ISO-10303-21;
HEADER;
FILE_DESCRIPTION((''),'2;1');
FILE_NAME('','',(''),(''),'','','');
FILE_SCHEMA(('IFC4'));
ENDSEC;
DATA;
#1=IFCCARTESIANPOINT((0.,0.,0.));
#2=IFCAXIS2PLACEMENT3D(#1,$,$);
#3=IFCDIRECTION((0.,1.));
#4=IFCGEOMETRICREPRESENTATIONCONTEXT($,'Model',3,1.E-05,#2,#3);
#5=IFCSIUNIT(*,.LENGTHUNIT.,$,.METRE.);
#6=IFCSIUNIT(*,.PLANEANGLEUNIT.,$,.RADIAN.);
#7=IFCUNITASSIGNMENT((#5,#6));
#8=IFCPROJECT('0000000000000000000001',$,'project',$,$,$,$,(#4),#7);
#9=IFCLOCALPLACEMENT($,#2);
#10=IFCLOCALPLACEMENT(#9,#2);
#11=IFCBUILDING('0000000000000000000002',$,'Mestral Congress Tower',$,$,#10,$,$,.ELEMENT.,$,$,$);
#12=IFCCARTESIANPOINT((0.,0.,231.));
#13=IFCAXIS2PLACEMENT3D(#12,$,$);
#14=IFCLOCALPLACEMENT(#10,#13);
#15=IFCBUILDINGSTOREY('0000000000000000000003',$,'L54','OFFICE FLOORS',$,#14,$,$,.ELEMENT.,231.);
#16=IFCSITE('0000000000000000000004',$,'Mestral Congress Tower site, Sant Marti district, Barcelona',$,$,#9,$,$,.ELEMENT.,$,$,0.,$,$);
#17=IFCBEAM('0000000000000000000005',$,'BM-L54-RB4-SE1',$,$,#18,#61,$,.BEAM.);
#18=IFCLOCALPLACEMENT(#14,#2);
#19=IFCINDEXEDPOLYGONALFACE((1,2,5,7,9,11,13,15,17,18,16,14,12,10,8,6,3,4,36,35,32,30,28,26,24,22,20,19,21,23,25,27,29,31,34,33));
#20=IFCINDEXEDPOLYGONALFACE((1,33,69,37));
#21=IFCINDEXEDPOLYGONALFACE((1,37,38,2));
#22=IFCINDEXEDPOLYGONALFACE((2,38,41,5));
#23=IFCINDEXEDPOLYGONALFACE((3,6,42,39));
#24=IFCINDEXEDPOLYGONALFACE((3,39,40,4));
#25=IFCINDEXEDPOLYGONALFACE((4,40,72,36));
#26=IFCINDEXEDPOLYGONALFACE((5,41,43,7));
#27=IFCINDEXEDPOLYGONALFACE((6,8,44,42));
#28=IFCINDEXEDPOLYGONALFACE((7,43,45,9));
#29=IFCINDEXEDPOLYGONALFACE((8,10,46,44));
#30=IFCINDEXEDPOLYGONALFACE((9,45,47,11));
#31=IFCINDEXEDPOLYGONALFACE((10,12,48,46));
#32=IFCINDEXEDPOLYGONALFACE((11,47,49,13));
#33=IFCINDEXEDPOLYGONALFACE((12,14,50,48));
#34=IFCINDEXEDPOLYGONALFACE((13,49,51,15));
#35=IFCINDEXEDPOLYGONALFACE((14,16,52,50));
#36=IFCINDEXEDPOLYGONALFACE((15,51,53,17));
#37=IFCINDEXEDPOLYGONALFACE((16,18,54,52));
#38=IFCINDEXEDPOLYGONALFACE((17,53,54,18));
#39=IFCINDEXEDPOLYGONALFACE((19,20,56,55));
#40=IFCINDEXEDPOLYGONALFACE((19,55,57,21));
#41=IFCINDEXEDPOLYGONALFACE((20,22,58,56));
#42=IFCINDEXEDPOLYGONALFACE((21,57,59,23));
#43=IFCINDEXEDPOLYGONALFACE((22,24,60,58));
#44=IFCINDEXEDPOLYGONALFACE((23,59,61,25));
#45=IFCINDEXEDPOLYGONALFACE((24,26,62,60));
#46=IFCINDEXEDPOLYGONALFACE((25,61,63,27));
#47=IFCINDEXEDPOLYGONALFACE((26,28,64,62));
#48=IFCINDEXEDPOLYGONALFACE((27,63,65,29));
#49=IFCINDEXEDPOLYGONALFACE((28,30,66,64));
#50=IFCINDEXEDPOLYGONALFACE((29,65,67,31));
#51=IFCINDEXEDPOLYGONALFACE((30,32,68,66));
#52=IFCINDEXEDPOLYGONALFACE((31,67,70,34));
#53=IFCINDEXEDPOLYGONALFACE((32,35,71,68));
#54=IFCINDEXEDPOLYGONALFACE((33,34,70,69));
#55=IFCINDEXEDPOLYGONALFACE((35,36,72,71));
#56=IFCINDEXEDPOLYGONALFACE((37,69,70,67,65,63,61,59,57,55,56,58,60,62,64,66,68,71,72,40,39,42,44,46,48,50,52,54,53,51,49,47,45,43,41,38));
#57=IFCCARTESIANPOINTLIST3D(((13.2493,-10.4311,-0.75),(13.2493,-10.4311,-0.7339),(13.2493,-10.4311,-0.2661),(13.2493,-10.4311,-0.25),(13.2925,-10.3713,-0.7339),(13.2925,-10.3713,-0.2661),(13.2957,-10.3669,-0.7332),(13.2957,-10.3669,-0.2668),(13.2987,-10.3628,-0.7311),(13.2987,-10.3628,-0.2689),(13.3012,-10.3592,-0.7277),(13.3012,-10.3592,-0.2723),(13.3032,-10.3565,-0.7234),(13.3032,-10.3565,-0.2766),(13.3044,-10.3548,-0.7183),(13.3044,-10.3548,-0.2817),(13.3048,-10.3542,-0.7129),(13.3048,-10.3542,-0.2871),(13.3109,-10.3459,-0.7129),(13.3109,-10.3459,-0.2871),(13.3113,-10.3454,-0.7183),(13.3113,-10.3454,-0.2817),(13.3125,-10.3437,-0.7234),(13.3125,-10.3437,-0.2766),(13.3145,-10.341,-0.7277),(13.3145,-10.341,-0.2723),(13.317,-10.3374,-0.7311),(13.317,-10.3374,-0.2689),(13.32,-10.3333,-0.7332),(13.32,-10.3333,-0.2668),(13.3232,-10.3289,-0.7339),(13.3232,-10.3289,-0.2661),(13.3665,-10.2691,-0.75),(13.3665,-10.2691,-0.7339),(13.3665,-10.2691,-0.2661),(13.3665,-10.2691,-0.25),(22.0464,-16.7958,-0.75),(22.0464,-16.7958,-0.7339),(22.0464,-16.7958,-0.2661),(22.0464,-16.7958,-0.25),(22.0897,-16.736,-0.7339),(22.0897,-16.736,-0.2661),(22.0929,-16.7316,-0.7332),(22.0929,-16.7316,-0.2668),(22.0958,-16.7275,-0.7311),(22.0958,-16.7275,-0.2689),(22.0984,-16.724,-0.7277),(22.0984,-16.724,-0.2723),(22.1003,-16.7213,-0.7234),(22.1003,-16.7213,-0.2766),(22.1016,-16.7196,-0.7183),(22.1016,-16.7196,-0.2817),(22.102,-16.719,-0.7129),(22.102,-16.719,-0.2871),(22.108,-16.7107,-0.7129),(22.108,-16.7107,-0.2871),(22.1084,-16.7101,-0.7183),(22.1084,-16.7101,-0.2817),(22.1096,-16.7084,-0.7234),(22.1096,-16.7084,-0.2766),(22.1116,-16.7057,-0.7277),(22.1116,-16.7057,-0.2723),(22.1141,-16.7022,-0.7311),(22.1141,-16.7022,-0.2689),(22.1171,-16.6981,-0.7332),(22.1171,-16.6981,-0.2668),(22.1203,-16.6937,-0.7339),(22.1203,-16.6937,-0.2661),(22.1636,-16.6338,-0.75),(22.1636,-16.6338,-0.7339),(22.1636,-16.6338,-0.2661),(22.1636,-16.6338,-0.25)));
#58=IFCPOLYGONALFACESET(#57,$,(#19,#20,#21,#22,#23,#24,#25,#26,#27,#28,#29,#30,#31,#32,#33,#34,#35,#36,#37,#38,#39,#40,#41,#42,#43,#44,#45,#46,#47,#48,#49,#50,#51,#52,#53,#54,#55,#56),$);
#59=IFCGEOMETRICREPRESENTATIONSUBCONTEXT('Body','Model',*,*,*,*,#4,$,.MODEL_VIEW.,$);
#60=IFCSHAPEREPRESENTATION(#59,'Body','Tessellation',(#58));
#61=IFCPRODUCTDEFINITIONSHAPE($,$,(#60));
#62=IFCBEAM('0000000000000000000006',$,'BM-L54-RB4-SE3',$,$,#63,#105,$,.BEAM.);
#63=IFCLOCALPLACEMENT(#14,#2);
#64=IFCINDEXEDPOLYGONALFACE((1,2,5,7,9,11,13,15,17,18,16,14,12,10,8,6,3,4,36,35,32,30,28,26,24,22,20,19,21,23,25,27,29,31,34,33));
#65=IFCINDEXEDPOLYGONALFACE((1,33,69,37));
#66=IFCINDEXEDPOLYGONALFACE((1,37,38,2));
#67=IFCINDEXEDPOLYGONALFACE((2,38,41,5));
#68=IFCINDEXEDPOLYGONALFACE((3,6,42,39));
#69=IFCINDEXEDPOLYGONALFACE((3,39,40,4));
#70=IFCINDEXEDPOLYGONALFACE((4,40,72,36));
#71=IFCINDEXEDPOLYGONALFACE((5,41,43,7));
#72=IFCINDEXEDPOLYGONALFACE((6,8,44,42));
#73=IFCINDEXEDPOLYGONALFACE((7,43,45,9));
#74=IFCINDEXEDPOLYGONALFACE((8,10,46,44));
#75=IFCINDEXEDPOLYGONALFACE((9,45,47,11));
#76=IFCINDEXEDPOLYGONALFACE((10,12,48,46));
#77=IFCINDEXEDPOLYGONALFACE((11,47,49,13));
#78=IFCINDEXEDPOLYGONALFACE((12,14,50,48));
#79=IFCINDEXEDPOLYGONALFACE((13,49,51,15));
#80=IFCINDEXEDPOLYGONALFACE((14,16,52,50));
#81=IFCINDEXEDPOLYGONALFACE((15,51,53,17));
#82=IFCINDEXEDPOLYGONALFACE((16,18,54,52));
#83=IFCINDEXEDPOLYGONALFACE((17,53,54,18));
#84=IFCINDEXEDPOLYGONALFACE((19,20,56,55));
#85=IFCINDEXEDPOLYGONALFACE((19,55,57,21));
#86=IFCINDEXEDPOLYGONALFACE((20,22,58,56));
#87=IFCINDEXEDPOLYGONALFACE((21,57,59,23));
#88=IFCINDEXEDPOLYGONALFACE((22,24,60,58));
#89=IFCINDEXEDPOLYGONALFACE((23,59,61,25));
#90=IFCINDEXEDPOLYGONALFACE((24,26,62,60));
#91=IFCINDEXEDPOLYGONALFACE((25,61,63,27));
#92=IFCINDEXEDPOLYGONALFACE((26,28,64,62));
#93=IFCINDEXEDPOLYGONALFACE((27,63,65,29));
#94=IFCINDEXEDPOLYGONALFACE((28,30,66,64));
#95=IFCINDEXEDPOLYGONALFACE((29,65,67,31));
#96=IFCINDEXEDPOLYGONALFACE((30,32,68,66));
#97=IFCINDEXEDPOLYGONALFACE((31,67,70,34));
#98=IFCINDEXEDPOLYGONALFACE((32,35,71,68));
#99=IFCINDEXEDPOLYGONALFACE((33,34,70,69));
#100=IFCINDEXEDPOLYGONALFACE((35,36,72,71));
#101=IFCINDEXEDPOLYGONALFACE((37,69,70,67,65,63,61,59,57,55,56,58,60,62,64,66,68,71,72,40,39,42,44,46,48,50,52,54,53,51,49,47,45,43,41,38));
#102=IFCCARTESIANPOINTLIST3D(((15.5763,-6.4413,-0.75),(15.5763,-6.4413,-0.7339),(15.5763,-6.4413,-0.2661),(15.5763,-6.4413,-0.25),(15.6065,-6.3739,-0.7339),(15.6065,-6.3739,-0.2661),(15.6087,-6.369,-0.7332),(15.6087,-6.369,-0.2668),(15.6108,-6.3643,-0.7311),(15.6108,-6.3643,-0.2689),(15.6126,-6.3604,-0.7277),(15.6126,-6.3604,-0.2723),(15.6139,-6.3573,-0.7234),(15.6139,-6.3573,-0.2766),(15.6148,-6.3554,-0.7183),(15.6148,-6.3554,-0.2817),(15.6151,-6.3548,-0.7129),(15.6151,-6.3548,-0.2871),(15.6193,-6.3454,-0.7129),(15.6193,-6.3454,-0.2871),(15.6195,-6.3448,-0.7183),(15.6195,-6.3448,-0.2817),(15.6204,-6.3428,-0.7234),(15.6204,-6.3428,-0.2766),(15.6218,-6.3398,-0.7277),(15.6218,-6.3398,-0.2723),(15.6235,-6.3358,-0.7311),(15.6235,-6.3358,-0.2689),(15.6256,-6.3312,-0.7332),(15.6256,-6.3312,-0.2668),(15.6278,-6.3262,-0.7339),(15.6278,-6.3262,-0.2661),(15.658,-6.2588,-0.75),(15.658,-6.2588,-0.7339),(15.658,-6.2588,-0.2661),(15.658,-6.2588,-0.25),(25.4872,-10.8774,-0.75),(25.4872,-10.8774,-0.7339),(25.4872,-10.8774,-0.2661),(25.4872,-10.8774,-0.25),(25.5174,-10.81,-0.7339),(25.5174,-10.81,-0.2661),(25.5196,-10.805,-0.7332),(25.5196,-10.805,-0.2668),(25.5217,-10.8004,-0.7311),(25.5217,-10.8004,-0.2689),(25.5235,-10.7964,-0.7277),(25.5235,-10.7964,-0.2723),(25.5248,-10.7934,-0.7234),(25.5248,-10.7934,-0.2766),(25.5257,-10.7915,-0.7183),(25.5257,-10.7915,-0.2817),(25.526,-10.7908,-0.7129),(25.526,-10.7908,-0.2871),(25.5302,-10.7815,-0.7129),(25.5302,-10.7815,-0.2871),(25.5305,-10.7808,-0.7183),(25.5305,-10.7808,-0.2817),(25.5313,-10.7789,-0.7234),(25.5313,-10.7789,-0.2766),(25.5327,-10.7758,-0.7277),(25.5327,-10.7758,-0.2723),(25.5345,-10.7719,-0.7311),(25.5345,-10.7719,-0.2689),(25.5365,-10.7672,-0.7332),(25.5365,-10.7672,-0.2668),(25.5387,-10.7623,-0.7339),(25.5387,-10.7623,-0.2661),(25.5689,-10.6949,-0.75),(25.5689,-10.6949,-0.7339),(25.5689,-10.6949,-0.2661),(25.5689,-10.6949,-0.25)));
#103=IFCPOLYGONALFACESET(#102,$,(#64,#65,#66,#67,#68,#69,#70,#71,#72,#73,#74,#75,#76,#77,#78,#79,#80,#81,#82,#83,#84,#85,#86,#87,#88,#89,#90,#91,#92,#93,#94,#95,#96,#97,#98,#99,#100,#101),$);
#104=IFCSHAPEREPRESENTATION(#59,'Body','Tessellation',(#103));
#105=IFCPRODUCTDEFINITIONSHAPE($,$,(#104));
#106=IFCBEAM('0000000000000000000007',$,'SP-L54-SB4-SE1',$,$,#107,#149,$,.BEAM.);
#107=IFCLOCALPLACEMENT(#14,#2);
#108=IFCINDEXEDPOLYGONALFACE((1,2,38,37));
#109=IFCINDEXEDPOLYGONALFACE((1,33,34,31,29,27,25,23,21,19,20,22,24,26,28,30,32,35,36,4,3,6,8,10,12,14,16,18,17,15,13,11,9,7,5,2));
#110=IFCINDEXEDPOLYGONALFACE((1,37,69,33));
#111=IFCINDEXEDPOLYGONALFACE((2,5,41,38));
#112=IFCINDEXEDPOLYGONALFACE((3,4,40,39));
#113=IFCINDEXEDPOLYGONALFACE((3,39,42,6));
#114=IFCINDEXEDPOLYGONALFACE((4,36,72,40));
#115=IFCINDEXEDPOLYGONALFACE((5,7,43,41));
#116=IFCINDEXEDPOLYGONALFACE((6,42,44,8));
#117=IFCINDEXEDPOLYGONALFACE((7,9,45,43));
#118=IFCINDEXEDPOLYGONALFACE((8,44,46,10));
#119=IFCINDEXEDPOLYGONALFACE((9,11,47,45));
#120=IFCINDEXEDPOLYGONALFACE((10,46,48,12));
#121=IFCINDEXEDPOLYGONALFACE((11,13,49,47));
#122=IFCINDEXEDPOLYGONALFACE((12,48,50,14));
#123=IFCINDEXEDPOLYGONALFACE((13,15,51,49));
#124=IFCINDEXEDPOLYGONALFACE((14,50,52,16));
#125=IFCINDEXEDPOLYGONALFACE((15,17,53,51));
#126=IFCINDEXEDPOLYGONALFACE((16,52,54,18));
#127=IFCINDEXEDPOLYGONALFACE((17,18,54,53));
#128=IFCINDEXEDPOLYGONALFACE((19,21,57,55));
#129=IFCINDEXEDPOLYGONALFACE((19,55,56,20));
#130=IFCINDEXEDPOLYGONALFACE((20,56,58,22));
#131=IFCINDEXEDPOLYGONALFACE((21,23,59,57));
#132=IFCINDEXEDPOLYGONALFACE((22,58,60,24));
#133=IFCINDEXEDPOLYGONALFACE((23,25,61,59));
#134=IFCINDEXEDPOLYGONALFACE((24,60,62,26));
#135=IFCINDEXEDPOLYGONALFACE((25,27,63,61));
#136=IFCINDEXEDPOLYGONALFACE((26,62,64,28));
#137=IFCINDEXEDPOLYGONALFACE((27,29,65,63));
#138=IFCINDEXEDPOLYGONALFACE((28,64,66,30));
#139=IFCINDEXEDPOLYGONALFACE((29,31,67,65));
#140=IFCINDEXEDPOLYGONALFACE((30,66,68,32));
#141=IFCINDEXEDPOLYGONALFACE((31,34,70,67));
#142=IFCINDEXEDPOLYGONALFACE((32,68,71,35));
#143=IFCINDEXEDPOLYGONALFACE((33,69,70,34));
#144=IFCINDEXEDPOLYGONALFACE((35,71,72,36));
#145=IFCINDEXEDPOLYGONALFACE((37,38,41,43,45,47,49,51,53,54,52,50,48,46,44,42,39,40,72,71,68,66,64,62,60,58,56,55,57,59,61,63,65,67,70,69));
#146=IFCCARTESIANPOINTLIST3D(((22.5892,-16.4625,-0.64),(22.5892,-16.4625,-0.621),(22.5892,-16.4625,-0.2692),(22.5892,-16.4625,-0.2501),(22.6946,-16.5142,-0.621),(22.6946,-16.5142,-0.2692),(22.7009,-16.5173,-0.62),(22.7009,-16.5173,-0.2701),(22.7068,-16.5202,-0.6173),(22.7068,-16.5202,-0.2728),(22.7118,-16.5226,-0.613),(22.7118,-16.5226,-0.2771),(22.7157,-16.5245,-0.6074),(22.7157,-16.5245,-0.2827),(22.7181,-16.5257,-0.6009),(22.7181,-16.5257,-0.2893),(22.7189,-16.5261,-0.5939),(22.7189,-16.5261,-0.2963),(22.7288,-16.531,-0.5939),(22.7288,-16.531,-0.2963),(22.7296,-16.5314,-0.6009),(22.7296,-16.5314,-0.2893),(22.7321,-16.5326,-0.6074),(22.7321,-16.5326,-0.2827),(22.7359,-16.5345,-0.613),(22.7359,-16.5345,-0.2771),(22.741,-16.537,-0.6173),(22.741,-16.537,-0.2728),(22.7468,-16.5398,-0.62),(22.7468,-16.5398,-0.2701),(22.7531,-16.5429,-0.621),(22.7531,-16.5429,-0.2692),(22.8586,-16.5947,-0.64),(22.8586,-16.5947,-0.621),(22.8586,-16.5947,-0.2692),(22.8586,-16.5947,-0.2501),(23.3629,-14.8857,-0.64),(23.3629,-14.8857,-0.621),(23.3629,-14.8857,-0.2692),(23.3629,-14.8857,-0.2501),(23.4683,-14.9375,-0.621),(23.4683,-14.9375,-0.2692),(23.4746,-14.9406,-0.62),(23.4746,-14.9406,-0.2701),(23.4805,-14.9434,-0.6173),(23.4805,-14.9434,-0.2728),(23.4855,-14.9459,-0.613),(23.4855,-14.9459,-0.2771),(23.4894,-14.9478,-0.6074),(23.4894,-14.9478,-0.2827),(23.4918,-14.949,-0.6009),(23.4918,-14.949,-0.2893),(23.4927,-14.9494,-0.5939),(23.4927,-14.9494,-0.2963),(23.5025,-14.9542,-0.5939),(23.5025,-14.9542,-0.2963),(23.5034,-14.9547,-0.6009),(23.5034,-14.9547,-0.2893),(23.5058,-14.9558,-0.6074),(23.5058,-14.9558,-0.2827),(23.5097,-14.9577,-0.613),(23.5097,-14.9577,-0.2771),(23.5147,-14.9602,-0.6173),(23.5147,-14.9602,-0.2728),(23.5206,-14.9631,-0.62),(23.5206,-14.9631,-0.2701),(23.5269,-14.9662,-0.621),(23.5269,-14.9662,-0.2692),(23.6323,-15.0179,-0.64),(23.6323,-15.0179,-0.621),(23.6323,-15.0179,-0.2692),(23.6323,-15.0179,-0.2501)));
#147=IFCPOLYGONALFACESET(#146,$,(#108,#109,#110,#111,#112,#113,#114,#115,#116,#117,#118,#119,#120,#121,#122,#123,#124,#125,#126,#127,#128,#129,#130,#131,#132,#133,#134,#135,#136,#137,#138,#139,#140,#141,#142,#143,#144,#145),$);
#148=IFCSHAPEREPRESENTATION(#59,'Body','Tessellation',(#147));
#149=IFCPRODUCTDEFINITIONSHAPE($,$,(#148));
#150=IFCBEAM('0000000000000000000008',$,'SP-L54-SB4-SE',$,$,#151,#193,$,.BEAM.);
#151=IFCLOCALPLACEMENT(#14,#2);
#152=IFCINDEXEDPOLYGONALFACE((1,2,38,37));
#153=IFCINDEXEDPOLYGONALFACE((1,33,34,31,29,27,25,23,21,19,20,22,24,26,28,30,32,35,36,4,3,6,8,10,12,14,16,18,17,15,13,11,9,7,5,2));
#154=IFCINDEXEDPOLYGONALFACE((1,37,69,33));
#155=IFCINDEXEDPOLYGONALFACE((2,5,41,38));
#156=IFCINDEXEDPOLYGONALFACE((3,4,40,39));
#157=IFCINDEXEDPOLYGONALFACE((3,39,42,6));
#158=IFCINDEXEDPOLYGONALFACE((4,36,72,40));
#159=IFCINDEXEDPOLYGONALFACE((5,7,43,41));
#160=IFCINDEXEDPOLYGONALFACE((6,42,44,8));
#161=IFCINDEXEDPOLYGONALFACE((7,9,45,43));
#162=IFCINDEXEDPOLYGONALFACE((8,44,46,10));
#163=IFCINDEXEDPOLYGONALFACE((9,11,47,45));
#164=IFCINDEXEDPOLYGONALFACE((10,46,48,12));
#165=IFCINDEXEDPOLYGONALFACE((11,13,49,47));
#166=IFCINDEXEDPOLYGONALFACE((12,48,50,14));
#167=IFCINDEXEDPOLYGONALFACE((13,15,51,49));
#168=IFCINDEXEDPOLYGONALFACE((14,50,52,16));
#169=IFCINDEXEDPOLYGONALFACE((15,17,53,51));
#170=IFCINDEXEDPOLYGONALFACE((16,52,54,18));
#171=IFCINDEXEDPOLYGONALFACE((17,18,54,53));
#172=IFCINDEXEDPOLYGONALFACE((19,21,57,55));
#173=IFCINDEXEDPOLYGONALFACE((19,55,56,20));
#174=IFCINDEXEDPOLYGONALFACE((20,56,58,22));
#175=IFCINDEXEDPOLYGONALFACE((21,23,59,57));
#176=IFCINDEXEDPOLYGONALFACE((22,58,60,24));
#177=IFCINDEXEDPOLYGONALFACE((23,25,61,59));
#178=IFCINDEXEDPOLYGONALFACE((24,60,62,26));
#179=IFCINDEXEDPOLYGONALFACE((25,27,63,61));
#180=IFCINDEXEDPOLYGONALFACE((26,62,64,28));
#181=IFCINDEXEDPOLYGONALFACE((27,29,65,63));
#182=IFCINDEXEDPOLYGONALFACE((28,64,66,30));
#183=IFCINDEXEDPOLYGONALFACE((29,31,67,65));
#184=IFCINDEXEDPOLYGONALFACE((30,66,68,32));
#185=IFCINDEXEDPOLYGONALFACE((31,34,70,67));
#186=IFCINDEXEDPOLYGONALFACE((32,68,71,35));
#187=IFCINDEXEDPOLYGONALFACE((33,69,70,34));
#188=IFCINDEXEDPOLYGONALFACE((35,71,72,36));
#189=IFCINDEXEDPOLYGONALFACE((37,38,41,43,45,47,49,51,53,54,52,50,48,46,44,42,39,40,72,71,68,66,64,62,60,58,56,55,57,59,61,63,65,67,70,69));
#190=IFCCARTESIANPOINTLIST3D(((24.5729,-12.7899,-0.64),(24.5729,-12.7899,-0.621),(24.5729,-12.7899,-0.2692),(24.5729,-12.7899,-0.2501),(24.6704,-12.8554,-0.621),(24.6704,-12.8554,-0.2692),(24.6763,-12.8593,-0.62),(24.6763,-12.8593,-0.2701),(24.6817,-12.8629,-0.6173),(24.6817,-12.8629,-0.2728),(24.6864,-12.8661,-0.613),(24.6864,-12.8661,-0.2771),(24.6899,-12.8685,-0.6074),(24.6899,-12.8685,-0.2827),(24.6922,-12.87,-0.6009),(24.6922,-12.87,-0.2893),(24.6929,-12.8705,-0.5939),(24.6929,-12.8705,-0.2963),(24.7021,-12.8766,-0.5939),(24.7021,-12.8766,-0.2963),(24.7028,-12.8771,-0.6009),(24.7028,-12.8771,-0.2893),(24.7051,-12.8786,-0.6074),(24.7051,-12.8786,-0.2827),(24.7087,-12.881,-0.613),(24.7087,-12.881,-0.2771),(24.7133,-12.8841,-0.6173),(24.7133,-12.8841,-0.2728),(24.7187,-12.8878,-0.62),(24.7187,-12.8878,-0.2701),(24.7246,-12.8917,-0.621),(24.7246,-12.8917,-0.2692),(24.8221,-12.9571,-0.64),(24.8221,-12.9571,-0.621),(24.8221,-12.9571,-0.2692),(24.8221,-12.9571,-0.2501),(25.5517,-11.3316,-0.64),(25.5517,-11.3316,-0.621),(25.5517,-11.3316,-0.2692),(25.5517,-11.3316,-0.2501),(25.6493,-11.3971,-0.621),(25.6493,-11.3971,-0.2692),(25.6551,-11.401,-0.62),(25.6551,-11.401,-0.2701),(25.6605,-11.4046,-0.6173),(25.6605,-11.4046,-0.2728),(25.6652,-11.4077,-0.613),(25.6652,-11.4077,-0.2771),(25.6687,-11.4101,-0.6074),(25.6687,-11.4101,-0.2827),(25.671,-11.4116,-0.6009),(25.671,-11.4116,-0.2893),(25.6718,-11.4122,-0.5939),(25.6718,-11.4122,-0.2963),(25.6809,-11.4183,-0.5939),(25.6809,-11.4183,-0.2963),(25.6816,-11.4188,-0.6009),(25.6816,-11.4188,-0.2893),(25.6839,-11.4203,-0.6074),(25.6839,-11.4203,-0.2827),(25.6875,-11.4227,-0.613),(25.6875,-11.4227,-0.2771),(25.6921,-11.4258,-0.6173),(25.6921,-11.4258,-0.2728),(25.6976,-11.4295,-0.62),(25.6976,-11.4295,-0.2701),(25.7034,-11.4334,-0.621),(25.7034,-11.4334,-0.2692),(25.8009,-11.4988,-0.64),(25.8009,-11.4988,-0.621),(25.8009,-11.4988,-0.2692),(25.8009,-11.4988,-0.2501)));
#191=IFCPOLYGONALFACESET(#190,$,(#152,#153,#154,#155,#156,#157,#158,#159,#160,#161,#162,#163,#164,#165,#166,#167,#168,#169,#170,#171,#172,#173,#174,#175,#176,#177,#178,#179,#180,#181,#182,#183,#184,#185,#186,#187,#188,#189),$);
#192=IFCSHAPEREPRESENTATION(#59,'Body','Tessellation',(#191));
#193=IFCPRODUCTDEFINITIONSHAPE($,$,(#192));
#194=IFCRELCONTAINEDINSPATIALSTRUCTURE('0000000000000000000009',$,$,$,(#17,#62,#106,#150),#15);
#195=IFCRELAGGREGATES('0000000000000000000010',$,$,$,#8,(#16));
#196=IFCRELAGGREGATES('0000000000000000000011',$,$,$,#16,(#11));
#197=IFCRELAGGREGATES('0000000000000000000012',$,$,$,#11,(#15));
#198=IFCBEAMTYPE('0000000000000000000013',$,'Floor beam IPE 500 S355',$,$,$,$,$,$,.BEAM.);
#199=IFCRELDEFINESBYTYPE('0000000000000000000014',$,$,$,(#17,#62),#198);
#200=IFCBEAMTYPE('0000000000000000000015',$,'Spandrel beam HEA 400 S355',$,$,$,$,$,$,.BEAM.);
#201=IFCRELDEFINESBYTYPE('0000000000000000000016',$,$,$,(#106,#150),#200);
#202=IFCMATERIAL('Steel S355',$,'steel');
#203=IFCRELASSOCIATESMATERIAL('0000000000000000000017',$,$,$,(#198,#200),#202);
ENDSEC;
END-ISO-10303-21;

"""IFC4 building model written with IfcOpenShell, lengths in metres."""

from ifc_helpers import new_model, si_unit, direction, frame, origin, origin_2d, place, context, subcontext, project, spatial, i_section, extrude, material, material_profile, profile_set, type_object, element, save


model = new_model("IFC4")

# Units and contexts
model_context = context("Model", 3, precision=1e-05, world=origin(), true_north=direction((0.0, 1.0)))
body_context = subcontext(model_context, "Body", "Model", "MODEL_VIEW")
ifc_project = project(units=[si_unit("LENGTHUNIT", "METRE"), si_unit("PLANEANGLEUNIT", "RADIAN")], contexts=[model_context])

# Site, building, storey
site_placement = place(None, origin())
site = spatial("IfcSite", under=ifc_project, at=site_placement, Name="Mestral Congress Tower site, Sant Marti district, Barcelona", CompositionType="ELEMENT", RefElevation=0.0)
building_placement = place(site_placement, origin())
building = spatial("IfcBuilding", under=site, at=building_placement, Name="Mestral Congress Tower", CompositionType="ELEMENT")
storey_placement = place(building_placement, frame((0.0, 0.0, 231.0)))
storey = spatial("IfcBuildingStorey", under=building, at=storey_placement, Name="L54", Description="OFFICE FLOORS", CompositionType="ELEMENT", Elevation=231.0)

# Beams
ifc_material_1 = material(Name="Steel S355", Category="steel")
ifc_material_profile_1 = material_profile(ifc_material_1, i_section(OverallWidth=0.2, OverallDepth=0.5, WebThickness=0.0103, FlangeThickness=0.0161, FilletRadius=0.021, at=origin_2d()), Name="IPE 500")
ifc_profile_set_1 = profile_set([ifc_material_profile_1], Name="Steel S355")
beam_type_1 = type_object("IfcBeamType", Name="Floor beam IPE 500 S355", PredefinedType="BEAM", material=ifc_profile_set_1)
beam_1_placement = place(storey_placement, frame((22.105, -16.7148, -0.5), z_axis=(-0.810186, 0.586173, 0.0), x_axis=(-0.586173, -0.810186, 0.0)))
element("IfcBeam", 1, at=beam_1_placement, inside=storey, type_object=beam_type_1, Name="BM-L54-RB4-SE1", PredefinedType="BEAM", context=body_context, shape_type="SweptSolid", body=[
    extrude(i_section(OverallWidth=0.2, OverallDepth=0.5, WebThickness=0.0103, FlangeThickness=0.0161, FilletRadius=0.021, at=origin_2d()), origin(), (0.0, 0.0, 1.0), 10.8582),
])
beam_2_placement = place(storey_placement, frame((25.5281, -10.7861, -0.5), z_axis=(-0.912742, 0.408536, 0.0), x_axis=(-0.408536, -0.912742, 0.0)))
element("IfcBeam", 2, at=beam_2_placement, inside=storey, type_object=beam_type_1, Name="BM-L54-RB4-SE3", PredefinedType="BEAM", context=body_context, shape_type="SweptSolid", body=[
    extrude(i_section(OverallWidth=0.2, OverallDepth=0.5, WebThickness=0.0103, FlangeThickness=0.0161, FilletRadius=0.021, at=origin_2d()), origin(), (0.0, 0.0, 1.0), 10.8584),
])
ifc_material_profile_2 = material_profile(ifc_material_1, i_section(OverallWidth=0.3, OverallDepth=0.3899, WebThickness=0.011, FlangeThickness=0.019, FilletRadius=0.0271, at=origin_2d()), Name="HEA 400")
ifc_profile_set_2 = profile_set([ifc_material_profile_2], Name="Steel S355")
beam_type_2 = type_object("IfcBeamType", Name="Spandrel beam HEA 400 S355", PredefinedType="BEAM", material=ifc_profile_set_2)
for number, where, z_axis, x_axis, name in (
    (3, (22.7239, -16.5286, -0.4451), (0.440529, 0.897739, 0.0), (-0.897739, 0.440529, 0.0), "SP-L54-SB4-SE1"),
    (4, (24.6975, -12.8735, -0.4451), (0.557296, 0.830314, 0.0), (-0.830314, 0.557296, 0.0), "SP-L54-SB4-SE"),
):
    element("IfcBeam", number, at=place(storey_placement, frame(where, z_axis=z_axis, x_axis=x_axis)), inside=storey, type_object=beam_type_2, Name=name, PredefinedType="BEAM", context=body_context, shape_type="SweptSolid", body=[
        extrude(i_section(OverallWidth=0.3, OverallDepth=0.3899, WebThickness=0.011, FlangeThickness=0.019, FilletRadius=0.0271, at=origin_2d()), origin(), (0.0, 0.0, 1.0), 1.7563),
    ])

save(model, "model.ifc")
